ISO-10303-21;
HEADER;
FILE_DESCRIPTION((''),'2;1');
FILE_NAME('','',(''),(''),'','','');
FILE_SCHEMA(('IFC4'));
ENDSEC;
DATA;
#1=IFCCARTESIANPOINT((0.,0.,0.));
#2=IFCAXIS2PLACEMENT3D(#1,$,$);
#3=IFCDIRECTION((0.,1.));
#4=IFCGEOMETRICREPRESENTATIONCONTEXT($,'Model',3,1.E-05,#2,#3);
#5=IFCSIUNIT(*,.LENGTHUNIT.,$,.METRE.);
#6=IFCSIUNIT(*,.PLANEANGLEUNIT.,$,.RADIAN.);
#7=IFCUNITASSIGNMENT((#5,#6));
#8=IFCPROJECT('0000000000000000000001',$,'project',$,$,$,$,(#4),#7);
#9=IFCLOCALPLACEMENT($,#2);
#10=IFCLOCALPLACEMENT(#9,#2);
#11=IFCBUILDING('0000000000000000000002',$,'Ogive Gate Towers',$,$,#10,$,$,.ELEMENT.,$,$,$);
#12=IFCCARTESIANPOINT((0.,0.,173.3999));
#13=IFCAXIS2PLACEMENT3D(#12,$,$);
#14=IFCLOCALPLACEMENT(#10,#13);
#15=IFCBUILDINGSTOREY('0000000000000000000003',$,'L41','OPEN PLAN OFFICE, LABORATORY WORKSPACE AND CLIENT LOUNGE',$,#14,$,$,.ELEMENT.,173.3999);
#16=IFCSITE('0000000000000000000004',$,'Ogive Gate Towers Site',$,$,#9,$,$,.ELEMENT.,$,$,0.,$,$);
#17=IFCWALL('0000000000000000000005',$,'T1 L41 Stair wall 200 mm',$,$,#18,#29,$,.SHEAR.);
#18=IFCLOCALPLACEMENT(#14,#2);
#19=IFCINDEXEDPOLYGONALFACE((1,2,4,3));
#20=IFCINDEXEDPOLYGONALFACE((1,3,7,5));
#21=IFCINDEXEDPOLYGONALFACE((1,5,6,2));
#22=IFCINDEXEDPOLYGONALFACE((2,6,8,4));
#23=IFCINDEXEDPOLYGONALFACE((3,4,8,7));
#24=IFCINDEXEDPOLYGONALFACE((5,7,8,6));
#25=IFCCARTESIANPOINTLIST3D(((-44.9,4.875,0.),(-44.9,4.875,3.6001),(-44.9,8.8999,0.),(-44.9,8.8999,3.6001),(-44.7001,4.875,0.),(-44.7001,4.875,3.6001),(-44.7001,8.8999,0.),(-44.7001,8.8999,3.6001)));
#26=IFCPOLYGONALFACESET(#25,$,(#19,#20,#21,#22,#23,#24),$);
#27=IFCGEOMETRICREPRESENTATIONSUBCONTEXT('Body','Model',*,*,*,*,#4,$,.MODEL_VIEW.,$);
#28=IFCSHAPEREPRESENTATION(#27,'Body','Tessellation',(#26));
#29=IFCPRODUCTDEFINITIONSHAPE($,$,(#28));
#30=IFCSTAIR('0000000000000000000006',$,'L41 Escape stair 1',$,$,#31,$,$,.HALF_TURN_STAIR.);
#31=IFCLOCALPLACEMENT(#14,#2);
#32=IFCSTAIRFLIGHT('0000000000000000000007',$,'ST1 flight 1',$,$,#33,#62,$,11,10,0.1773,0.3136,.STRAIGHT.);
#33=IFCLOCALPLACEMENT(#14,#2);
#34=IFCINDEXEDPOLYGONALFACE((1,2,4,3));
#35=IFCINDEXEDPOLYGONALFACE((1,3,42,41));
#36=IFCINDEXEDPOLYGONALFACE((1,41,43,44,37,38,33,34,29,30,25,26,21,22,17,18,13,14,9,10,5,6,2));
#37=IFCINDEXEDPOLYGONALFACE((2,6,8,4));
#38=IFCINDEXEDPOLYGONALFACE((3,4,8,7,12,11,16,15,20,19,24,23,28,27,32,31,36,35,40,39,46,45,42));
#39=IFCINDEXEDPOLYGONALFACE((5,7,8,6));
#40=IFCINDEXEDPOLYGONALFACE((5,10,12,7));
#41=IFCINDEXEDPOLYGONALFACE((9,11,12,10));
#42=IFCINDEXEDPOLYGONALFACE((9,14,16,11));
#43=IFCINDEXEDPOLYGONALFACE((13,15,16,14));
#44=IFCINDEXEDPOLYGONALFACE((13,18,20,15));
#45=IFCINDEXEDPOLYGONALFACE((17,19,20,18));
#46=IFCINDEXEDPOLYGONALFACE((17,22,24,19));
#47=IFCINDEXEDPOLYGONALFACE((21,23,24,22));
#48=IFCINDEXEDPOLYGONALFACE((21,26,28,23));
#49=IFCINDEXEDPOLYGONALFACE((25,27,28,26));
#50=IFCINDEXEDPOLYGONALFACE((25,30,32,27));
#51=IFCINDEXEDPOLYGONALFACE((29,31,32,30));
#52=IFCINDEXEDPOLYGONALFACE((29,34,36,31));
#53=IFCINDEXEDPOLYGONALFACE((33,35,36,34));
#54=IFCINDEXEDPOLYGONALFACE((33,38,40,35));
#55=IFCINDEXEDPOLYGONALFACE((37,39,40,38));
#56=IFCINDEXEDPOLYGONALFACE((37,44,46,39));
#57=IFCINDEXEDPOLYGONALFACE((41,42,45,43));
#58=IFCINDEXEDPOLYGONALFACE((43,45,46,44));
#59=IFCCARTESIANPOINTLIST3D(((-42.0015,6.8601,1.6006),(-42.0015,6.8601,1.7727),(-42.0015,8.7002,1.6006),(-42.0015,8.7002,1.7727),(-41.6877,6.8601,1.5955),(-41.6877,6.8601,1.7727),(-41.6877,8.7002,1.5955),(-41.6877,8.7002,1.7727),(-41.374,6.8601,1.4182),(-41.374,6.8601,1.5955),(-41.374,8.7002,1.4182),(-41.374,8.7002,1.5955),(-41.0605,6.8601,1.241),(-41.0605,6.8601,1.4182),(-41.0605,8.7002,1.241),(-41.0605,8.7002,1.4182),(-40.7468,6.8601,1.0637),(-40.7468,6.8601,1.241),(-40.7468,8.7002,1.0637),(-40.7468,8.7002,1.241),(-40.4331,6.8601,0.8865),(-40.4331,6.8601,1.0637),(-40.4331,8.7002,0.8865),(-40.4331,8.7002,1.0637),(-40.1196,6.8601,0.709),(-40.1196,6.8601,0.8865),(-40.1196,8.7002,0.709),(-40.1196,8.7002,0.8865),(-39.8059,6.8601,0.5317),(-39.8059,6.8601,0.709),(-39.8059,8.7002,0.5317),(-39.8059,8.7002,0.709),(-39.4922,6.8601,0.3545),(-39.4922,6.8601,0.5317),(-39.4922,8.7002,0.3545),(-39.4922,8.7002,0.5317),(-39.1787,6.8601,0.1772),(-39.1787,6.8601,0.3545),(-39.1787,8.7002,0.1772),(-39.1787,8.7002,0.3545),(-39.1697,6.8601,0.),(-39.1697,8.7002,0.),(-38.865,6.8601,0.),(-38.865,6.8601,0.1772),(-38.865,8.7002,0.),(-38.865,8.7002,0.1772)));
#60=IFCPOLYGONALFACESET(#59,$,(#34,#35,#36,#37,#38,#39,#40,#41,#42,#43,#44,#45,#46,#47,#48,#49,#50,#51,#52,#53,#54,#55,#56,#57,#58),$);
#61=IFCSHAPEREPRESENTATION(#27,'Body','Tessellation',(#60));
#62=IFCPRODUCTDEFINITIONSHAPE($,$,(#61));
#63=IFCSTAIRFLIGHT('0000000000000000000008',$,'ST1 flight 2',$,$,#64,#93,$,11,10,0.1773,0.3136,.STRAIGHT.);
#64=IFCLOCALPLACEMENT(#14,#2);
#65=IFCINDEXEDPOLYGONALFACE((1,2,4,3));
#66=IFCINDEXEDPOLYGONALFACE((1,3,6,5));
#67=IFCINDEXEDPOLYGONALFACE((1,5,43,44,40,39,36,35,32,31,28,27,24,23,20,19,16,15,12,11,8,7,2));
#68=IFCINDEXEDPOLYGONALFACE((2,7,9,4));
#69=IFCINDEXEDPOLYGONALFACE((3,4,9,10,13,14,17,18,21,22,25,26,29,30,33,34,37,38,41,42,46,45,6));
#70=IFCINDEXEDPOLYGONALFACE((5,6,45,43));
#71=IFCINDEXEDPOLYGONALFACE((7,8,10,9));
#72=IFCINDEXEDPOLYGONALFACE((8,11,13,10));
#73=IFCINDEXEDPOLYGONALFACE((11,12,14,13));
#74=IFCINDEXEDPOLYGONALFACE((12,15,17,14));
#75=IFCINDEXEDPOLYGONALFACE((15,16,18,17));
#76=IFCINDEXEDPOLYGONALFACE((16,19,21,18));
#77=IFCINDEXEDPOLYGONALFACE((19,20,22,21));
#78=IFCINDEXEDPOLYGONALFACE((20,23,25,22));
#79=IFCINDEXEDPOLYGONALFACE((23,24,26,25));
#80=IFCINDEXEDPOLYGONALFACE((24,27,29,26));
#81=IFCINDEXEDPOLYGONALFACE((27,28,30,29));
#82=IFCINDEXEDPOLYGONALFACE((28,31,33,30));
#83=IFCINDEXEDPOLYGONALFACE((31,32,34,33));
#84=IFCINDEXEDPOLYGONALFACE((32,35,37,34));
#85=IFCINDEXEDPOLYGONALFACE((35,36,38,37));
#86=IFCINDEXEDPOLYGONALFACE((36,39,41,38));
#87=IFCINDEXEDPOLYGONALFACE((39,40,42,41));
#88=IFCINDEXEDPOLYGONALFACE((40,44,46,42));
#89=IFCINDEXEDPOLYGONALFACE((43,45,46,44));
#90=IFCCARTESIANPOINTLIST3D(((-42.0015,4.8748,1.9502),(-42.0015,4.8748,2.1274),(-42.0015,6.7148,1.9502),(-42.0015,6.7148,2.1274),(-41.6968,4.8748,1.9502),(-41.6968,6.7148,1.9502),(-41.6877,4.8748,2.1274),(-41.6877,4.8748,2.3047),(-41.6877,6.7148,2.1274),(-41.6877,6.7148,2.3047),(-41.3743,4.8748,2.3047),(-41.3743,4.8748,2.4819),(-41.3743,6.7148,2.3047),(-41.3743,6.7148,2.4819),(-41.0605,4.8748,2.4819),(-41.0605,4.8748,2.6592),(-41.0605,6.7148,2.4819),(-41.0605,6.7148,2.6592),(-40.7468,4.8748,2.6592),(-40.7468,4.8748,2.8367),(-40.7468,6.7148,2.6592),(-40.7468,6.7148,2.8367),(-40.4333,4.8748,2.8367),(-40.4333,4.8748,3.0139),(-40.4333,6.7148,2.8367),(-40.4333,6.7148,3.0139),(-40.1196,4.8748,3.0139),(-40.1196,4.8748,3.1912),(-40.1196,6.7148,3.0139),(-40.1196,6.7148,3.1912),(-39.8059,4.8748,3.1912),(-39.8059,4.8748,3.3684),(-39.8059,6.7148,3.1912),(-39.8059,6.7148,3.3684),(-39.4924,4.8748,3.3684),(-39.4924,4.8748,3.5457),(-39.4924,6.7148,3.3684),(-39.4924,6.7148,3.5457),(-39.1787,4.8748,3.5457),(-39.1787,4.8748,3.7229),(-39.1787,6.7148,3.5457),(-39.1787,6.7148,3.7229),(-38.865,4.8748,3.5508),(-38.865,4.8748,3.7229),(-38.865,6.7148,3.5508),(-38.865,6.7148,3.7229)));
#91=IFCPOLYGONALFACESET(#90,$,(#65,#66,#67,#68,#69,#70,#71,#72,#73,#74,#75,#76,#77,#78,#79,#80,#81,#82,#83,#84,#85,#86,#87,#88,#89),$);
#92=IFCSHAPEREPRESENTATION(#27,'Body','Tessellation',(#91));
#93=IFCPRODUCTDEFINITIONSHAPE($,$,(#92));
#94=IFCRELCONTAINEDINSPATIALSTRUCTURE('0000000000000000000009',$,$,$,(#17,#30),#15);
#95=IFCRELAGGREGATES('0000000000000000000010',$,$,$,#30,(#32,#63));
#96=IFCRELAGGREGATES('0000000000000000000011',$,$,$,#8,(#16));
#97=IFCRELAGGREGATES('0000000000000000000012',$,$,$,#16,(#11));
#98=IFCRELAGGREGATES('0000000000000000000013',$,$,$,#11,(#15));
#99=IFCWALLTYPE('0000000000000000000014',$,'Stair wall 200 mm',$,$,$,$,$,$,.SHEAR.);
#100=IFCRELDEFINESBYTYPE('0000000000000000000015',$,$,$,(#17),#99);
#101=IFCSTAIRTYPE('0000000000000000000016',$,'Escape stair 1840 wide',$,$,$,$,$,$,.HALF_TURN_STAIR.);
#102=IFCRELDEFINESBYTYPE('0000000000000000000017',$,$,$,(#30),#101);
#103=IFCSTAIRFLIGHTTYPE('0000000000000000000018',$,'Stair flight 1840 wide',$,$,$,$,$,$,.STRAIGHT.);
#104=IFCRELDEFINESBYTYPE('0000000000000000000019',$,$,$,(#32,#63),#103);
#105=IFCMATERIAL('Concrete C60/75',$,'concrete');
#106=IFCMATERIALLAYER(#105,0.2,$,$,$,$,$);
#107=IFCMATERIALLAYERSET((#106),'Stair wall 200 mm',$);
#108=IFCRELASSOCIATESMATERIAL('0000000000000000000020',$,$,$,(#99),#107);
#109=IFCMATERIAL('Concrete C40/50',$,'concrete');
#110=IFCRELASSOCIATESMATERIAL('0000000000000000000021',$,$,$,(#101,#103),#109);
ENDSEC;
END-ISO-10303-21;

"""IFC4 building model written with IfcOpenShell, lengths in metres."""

from ifc_helpers import new_model, si_unit, direction, frame, frame_2d, origin, place, context, subcontext, project, spatial, polyline, rectangle, outline, extrude, material, layer, layer_set, type_object, element, aggregate, save


model = new_model("IFC4")

# Units and contexts
model_context = context("Model", 3, precision=1e-05, world=origin(), true_north=direction((0.0, 1.0)))
body_context = subcontext(model_context, "Body", "Model", "MODEL_VIEW")
ifc_project = project(units=[si_unit("LENGTHUNIT", "METRE"), si_unit("PLANEANGLEUNIT", "RADIAN")], contexts=[model_context])

# Site, building, storey
site_placement = place(None, origin())
site = spatial("IfcSite", under=ifc_project, at=site_placement, Name="Ogive Gate Towers Site", CompositionType="ELEMENT", RefElevation=0.0)
building_placement = place(site_placement, origin())
building = spatial("IfcBuilding", under=site, at=building_placement, Name="Ogive Gate Towers", CompositionType="ELEMENT")
storey_placement = place(building_placement, frame((0.0, 0.0, 173.3999)))
storey = spatial("IfcBuildingStorey", under=building, at=storey_placement, Name="L41", Description="OPEN PLAN OFFICE, LABORATORY WORKSPACE AND CLIENT LOUNGE", CompositionType="ELEMENT", Elevation=173.3999)

# Shared definitions
ifc_material_1 = material(Name="Concrete C60/75", Category="concrete")

# Wall
ifc_layer_1 = layer(ifc_material_1, 0.2)
ifc_layer_set_1 = layer_set([ifc_layer_1], Name="Stair wall 200 mm")
wall_type_1 = type_object("IfcWallType", Name="Stair wall 200 mm", PredefinedType="SHEAR", material=ifc_layer_set_1)
wall_1_placement = place(storey_placement, frame((-44.8, 4.875, 0.0), z_axis=(0.0, 0.0, 1.0), x_axis=(0.0, 1.0, 0.0)))
element("IfcWall", 1, at=wall_1_placement, inside=storey, type_object=wall_type_1, Name="T1 L41 Stair wall 200 mm", PredefinedType="SHEAR", context=body_context, shape_type="SweptSolid", body=[
    extrude(rectangle(XDim=4.0249, YDim=0.2, at=frame_2d((2.0125, 0.0))), origin(), (0.0, 0.0, 1.0), 3.6001),
])

# Stair, stair flights
ifc_material_2 = material(Name="Concrete C40/50", Category="concrete")
stair_type = type_object("IfcStairType", Name="Escape stair 1840 wide", PredefinedType="HALF_TURN_STAIR", material=ifc_material_2)
stair_placement = place(storey_placement, origin())
stair = element("IfcStair", 2, at=stair_placement, inside=storey, type_object=stair_type, Name="L41 Escape stair 1", PredefinedType="HALF_TURN_STAIR")
stair_flight_type = type_object("IfcStairFlightType", Name="Stair flight 1840 wide", PredefinedType="STRAIGHT", material=ifc_material_2)
stair_flight_1_placement = place(storey_placement, frame((-38.865, 7.78, 0.0), z_axis=(0.0, 0.0, 1.0), x_axis=(-1.0, 0.0, 0.0)))
stair_flight_1 = element("IfcStairFlight", 3, at=stair_flight_1_placement, type_object=stair_flight_type, Name="ST1 flight 1", NumberOfRisers=11, NumberOfTreads=10, PredefinedType="STRAIGHT", RiserHeight=0.1773, TreadLength=0.3136, context=body_context, shape_type="SweptSolid", body=[
    extrude(outline(polyline([(0.0, 0.0), (0.0, 0.1772), (0.3137, 0.1772), (0.3137, 0.3545), (0.6272, 0.3545), (0.6272, 0.5317), (0.9409, 0.5317), (0.9409, 0.709), (1.2546, 0.709), (1.2546, 0.8865), (1.5681, 0.8865), (1.5681, 1.0637), (1.8818, 1.0637), (1.8818, 1.241), (2.1956, 1.241), (2.1956, 1.4182), (2.509, 1.4182), (2.509, 1.5955), (2.8228, 1.5955), (2.8228, 1.7727), (3.1365, 1.7727), (3.1365, 1.95), (3.1365, 1.6006), (0.3047, 0.0), (0.0, 0.0)])), frame((0.0, 0.9199, 0.0), z_axis=(0.0, -1.0, 0.0), x_axis=(1.0, 0.0, 0.0)), (0.0, 0.0, 1.0), 1.8401),
])
stair_flight_2_placement = place(storey_placement, frame((-42.0015, 5.7949, 1.9502), z_axis=(0.0, 0.0, 1.0), x_axis=(1.0, 0.0, 0.0)))
stair_flight_2 = element("IfcStairFlight", 4, at=stair_flight_2_placement, type_object=stair_flight_type, Name="ST1 flight 2", NumberOfRisers=11, NumberOfTreads=10, PredefinedType="STRAIGHT", RiserHeight=0.1773, TreadLength=0.3136, context=body_context, shape_type="SweptSolid", body=[
    extrude(outline(polyline([(0.0, 0.0), (0.0, 0.1772), (0.3137, 0.1772), (0.3137, 0.3545), (0.6272, 0.3545), (0.6272, 0.5317), (0.9409, 0.5317), (0.9409, 0.709), (1.2546, 0.709), (1.2546, 0.8865), (1.5681, 0.8865), (1.5681, 1.0637), (1.8818, 1.0637), (1.8818, 1.241), (2.1956, 1.241), (2.1956, 1.4182), (2.509, 1.4182), (2.509, 1.5955), (2.8228, 1.5955), (2.8228, 1.7727), (3.1365, 1.7727), (3.1365, 1.95), (3.1365, 1.6006), (0.3047, 0.0), (0.0, 0.0)])), frame((0.0, 0.9199, 0.0), z_axis=(0.0, -1.0, 0.0), x_axis=(1.0, 0.0, 0.0)), (0.0, 0.0, 1.0), 1.8401),
])
aggregate(stair, [stair_flight_1, stair_flight_2])

save(model, "model.ifc")
